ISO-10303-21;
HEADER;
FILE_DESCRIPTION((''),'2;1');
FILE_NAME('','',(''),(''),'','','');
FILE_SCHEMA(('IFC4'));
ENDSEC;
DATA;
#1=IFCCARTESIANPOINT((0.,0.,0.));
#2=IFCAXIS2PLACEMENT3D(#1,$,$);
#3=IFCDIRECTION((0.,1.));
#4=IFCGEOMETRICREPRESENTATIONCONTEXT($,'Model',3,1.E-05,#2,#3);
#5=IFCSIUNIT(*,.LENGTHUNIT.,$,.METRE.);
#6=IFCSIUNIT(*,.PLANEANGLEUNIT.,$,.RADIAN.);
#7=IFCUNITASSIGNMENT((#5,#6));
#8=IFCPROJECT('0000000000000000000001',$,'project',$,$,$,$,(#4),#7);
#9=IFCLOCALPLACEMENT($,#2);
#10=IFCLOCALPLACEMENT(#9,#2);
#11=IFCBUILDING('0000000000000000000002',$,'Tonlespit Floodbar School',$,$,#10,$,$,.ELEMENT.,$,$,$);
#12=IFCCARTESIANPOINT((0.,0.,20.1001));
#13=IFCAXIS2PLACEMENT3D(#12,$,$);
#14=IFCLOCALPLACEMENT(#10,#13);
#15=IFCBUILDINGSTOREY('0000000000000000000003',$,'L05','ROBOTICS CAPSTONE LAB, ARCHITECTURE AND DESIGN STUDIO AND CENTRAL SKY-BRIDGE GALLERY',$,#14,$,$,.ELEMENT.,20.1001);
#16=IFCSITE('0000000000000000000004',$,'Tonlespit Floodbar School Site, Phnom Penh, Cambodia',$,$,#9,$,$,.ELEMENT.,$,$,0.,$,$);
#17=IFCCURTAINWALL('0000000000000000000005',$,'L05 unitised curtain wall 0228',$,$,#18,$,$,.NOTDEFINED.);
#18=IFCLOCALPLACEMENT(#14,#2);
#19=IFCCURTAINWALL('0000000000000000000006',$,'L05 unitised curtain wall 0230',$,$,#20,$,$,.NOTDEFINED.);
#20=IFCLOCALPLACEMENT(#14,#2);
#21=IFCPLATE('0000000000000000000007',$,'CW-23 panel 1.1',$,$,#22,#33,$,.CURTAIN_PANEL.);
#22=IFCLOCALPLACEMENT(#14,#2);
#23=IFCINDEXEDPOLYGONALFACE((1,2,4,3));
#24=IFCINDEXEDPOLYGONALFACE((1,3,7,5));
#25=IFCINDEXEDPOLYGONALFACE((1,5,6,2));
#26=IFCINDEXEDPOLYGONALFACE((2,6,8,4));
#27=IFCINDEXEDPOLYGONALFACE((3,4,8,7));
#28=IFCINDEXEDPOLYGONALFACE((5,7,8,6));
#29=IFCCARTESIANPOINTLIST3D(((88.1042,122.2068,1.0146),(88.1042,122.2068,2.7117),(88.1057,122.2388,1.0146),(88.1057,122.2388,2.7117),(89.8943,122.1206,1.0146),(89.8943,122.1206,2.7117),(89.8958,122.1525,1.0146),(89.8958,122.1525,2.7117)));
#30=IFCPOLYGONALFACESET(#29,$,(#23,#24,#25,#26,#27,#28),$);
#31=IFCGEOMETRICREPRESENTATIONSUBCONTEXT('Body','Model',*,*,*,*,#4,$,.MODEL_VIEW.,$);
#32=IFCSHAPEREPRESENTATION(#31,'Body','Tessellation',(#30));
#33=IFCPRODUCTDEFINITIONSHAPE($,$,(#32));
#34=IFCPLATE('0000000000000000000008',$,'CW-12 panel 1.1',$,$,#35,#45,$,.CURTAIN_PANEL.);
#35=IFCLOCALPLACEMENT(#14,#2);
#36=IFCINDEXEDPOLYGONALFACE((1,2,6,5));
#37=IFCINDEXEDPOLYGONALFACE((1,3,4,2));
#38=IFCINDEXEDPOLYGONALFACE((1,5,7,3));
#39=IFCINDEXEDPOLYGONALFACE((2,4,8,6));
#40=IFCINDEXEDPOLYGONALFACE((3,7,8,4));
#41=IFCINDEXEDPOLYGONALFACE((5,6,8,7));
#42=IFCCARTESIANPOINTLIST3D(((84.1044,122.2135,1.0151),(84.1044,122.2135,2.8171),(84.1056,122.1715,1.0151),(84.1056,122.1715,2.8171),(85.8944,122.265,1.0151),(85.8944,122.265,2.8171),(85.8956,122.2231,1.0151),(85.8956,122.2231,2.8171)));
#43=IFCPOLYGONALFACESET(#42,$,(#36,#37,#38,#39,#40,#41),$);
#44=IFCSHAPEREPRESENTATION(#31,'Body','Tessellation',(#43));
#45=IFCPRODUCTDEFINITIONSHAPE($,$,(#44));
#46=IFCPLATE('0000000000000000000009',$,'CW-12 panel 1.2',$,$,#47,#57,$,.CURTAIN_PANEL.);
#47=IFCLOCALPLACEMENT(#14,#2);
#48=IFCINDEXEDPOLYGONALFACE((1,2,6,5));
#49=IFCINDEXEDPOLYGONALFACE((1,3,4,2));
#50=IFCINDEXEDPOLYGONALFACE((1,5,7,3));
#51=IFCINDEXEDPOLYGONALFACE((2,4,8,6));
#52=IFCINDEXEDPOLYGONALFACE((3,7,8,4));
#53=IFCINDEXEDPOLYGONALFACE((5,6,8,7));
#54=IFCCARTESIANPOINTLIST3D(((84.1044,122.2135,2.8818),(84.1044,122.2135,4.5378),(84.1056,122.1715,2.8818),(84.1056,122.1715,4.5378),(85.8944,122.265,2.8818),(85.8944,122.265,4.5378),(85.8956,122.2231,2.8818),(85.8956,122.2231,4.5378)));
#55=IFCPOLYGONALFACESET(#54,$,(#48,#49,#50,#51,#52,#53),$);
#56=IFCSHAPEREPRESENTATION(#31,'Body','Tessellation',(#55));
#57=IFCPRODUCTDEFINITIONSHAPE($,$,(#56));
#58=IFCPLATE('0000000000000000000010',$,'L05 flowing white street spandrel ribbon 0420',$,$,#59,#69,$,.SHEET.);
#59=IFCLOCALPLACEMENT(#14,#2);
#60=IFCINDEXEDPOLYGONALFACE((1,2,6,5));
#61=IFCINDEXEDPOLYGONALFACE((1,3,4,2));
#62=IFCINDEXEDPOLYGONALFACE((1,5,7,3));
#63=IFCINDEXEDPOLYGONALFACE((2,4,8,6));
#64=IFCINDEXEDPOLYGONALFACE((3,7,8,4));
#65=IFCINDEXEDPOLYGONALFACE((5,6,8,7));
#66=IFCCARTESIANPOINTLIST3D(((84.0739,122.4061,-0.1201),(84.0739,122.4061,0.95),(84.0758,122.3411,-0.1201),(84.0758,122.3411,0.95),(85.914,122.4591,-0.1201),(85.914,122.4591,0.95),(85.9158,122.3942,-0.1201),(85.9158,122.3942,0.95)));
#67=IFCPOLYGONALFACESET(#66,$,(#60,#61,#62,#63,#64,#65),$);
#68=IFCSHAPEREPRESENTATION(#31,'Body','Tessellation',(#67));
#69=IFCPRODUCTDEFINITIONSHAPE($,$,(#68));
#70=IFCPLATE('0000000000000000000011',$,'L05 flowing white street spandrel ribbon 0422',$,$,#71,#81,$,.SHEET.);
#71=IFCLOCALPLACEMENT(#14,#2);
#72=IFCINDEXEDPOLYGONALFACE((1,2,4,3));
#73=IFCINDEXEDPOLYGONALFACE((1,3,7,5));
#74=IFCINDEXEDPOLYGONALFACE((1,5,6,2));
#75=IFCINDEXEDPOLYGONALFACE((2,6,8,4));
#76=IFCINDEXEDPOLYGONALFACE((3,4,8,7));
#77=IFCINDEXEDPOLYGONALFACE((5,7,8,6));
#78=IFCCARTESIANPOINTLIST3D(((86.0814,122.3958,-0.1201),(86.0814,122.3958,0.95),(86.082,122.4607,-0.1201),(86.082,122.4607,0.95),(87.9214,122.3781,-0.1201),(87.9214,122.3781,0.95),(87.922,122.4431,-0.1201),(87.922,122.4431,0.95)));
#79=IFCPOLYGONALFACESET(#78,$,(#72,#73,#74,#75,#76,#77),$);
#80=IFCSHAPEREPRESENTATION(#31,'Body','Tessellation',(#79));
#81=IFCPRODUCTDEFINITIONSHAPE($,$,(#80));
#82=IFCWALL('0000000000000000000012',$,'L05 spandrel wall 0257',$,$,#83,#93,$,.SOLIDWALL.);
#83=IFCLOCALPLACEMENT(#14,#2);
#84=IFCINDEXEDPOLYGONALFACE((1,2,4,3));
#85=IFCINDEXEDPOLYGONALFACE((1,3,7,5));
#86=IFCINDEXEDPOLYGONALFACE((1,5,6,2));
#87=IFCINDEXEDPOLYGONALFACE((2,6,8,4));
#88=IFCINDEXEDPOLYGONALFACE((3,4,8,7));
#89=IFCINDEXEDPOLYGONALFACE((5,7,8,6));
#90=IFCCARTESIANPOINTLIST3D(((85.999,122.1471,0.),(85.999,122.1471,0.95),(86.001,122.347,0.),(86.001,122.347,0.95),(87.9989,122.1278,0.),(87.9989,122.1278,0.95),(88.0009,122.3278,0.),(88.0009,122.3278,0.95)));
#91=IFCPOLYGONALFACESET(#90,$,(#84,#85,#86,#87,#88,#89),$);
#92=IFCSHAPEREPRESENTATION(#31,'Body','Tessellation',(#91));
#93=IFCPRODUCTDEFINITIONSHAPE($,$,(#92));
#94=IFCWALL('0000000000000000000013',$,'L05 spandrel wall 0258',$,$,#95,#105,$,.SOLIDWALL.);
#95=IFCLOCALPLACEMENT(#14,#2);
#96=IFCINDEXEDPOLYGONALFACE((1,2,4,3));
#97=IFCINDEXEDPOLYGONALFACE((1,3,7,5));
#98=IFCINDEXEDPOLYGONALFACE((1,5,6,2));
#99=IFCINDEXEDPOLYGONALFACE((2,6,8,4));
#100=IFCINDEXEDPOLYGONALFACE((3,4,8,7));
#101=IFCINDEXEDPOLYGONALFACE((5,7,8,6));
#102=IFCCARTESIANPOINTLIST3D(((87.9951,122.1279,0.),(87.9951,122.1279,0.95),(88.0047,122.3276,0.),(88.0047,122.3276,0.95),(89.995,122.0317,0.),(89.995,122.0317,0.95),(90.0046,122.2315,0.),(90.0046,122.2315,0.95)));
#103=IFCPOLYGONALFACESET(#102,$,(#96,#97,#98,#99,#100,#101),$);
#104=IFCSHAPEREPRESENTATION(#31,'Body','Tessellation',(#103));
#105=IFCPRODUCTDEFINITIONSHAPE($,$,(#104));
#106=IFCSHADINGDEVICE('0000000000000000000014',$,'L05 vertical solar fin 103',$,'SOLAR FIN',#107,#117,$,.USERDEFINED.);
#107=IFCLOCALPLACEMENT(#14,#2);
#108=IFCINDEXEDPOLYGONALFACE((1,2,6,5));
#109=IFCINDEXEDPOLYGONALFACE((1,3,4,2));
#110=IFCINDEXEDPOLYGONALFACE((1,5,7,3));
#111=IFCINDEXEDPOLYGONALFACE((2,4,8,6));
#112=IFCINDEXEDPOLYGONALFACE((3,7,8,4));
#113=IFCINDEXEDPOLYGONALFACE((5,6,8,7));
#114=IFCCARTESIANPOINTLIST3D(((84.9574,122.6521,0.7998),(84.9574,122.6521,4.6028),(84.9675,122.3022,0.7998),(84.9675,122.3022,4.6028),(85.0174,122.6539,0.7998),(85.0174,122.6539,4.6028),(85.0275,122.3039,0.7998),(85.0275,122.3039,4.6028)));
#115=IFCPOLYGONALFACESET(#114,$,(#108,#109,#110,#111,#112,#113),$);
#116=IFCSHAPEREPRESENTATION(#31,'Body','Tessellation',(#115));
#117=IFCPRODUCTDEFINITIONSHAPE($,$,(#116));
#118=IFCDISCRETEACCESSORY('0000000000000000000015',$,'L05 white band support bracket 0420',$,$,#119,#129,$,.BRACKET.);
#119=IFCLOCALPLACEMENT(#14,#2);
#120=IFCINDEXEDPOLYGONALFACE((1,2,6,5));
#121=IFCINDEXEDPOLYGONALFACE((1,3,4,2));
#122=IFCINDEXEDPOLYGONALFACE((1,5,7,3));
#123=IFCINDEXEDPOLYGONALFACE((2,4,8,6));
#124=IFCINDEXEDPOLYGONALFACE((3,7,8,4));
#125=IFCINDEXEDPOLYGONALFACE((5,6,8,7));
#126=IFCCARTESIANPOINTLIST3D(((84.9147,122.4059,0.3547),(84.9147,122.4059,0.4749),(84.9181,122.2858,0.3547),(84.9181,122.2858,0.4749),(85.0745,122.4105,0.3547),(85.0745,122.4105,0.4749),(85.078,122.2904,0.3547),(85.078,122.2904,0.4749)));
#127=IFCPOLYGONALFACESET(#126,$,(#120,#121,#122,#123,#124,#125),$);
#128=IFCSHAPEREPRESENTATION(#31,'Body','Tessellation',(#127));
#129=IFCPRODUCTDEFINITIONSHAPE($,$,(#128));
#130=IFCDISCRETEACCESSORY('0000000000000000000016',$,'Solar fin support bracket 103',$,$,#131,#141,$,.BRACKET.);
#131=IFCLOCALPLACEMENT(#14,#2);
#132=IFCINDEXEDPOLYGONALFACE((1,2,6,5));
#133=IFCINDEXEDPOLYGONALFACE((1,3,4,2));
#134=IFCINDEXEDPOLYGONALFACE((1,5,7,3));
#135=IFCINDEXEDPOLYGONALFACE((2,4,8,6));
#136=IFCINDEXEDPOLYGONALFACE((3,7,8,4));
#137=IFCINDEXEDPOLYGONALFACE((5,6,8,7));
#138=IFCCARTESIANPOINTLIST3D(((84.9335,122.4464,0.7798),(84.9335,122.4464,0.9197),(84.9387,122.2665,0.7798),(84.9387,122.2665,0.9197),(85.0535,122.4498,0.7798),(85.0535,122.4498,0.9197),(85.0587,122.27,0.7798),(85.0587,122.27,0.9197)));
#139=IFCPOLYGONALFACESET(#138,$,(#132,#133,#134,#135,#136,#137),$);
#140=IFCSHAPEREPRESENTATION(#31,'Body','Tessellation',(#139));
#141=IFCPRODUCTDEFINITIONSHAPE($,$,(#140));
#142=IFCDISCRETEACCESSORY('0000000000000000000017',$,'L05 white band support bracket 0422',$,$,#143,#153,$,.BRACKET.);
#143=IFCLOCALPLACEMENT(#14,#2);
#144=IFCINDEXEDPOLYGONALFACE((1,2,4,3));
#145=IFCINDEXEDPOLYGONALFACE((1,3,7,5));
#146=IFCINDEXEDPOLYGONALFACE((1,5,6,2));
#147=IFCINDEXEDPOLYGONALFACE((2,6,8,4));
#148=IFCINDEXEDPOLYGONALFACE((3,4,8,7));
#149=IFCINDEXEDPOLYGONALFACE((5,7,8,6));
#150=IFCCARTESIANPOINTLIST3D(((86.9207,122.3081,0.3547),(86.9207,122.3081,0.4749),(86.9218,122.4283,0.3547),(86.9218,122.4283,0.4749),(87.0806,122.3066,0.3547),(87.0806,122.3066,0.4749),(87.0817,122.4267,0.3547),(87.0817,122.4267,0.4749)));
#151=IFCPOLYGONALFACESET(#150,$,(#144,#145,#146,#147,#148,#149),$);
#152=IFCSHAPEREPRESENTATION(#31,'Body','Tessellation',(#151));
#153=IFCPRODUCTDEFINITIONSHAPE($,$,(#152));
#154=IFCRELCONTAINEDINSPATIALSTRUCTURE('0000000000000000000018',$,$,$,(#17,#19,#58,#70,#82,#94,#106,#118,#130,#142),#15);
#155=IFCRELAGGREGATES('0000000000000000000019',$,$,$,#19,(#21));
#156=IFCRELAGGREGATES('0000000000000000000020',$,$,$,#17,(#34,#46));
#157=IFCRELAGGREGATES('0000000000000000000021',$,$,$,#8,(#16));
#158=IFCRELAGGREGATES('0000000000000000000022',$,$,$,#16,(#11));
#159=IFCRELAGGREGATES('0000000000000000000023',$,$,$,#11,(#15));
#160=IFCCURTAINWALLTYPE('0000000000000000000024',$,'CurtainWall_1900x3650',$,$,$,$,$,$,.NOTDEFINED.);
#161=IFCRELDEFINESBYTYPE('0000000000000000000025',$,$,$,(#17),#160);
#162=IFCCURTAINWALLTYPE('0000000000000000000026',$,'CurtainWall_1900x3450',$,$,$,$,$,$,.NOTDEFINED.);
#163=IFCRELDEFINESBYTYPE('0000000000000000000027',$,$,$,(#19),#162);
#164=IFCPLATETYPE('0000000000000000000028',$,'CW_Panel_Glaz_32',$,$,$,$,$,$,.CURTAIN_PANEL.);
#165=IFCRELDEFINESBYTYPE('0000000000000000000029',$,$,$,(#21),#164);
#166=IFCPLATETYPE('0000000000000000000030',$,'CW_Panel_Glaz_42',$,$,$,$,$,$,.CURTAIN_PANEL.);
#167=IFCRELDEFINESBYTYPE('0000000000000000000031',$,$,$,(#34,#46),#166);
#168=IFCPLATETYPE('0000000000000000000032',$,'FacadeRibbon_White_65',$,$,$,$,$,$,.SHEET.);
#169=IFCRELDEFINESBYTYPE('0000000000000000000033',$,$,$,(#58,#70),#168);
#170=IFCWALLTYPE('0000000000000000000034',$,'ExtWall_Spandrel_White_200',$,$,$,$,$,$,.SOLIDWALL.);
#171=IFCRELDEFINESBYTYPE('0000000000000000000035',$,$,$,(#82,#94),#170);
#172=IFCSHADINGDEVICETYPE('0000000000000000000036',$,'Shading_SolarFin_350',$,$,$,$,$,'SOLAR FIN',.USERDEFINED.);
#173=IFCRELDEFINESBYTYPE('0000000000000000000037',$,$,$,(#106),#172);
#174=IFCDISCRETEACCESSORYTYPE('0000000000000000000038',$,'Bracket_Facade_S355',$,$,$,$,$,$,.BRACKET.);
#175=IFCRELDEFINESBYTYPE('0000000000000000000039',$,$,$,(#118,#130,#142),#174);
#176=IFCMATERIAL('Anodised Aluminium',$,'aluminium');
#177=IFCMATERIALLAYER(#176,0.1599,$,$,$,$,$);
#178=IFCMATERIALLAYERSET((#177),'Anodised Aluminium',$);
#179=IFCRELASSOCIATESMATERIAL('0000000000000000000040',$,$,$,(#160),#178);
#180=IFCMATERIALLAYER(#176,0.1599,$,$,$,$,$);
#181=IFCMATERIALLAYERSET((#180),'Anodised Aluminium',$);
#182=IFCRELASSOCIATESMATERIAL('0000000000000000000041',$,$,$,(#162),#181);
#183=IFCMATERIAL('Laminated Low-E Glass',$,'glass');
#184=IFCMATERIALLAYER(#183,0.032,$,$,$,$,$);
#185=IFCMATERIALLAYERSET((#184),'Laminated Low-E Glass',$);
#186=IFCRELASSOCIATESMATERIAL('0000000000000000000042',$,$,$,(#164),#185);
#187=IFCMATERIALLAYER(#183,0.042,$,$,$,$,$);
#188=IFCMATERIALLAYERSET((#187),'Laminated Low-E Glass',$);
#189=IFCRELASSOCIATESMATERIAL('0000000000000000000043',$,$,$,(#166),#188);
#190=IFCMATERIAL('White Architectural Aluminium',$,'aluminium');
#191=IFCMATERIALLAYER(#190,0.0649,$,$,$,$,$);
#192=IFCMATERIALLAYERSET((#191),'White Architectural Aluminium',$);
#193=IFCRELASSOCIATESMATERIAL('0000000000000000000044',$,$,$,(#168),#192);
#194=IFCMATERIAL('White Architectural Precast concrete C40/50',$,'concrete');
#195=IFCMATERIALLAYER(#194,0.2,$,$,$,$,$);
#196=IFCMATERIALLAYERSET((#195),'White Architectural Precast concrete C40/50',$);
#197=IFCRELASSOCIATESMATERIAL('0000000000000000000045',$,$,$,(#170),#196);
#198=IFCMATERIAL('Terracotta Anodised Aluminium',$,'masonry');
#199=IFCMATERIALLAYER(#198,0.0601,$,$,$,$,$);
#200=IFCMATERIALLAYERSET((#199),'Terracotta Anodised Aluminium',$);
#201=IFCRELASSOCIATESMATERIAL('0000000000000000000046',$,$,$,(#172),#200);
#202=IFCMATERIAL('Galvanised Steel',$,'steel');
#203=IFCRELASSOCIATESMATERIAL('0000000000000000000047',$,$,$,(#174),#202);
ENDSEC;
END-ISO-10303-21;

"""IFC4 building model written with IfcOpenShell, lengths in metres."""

from ifc_helpers import new_model, si_unit, direction, frame, frame_2d, origin, origin_2d, place, context, subcontext, project, spatial, rectangle, extrude, material, layer, layer_set, type_object, element, aggregate, save


model = new_model("IFC4")

# Units and contexts
model_context = context("Model", 3, precision=1e-05, world=origin(), true_north=direction((0.0, 1.0)))
body_context = subcontext(model_context, "Body", "Model", "MODEL_VIEW")
ifc_project = project(units=[si_unit("LENGTHUNIT", "METRE"), si_unit("PLANEANGLEUNIT", "RADIAN")], contexts=[model_context])

# Site, building, storey
site_placement = place(None, origin())
site = spatial("IfcSite", under=ifc_project, at=site_placement, Name="Tonlespit Floodbar School Site, Phnom Penh, Cambodia", CompositionType="ELEMENT", RefElevation=0.0)
building_placement = place(site_placement, origin())
building = spatial("IfcBuilding", under=site, at=building_placement, Name="Tonlespit Floodbar School", CompositionType="ELEMENT")
storey_placement = place(building_placement, frame((0.0, 0.0, 20.1001)))
storey = spatial("IfcBuildingStorey", under=building, at=storey_placement, Name="L05", Description="ROBOTICS CAPSTONE LAB, ARCHITECTURE AND DESIGN STUDIO AND CENTRAL SKY-BRIDGE GALLERY", CompositionType="ELEMENT", Elevation=20.1001)

# Curtain walls
ifc_material_1 = material(Name="Anodised Aluminium", Category="aluminium")
ifc_layer_1 = layer(ifc_material_1, 0.1599)
ifc_layer_set_1 = layer_set([ifc_layer_1], Name="Anodised Aluminium")
curtain_wall_type_1 = type_object("IfcCurtainWallType", Name="CurtainWall_1900x3650", PredefinedType="NOTDEFINED", material=ifc_layer_set_1)
curtain_wall_1_placement = place(storey_placement, origin())
curtain_wall_1 = element("IfcCurtainWall", 1, at=curtain_wall_1_placement, inside=storey, type_object=curtain_wall_type_1, Name="L05 unitised curtain wall 0228", PredefinedType="NOTDEFINED")
ifc_layer_2 = layer(ifc_material_1, 0.1599)
ifc_layer_set_2 = layer_set([ifc_layer_2], Name="Anodised Aluminium")
curtain_wall_type_2 = type_object("IfcCurtainWallType", Name="CurtainWall_1900x3450", PredefinedType="NOTDEFINED", material=ifc_layer_set_2)
curtain_wall_2_placement = place(storey_placement, origin())
curtain_wall_2 = element("IfcCurtainWall", 2, at=curtain_wall_2_placement, inside=storey, type_object=curtain_wall_type_2, Name="L05 unitised curtain wall 0230", PredefinedType="NOTDEFINED")

# Plates
ifc_material_2 = material(Name="Laminated Low-E Glass", Category="glass")
ifc_layer_3 = layer(ifc_material_2, 0.032)
ifc_layer_set_3 = layer_set([ifc_layer_3], Name="Laminated Low-E Glass")
plate_type_1 = type_object("IfcPlateType", Name="CW_Panel_Glaz_32", PredefinedType="CURTAIN_PANEL", material=ifc_layer_set_3)
plate_1_placement = place(storey_placement, frame((89.0, 122.1797, 1.0146), z_axis=(0.0, 0.0, 1.0), x_axis=(0.998842, -0.048121, 0.0)))
plate_1 = element("IfcPlate", 3, at=plate_1_placement, type_object=plate_type_1, Name="CW-23 panel 1.1", PredefinedType="CURTAIN_PANEL", context=body_context, shape_type="SweptSolid", body=[
    extrude(rectangle(XDim=1.7922, YDim=0.032, at=origin_2d()), origin(), (0.0, 0.0, 1.0), 1.697),
])
aggregate(curtain_wall_2, [plate_1])
ifc_layer_4 = layer(ifc_material_2, 0.042)
ifc_layer_set_4 = layer_set([ifc_layer_4], Name="Laminated Low-E Glass")
plate_type_2 = type_object("IfcPlateType", Name="CW_Panel_Glaz_42", PredefinedType="CURTAIN_PANEL", material=ifc_layer_set_4)
plate_2_placement = place(storey_placement, frame((85.0, 122.2183, 1.0151), z_axis=(0.0, 0.0, 1.0), x_axis=(0.999585, 0.02879, 0.0)))
plate_2 = element("IfcPlate", 4, at=plate_2_placement, type_object=plate_type_2, Name="CW-12 panel 1.1", PredefinedType="CURTAIN_PANEL", context=body_context, shape_type="SweptSolid", body=[
    extrude(rectangle(XDim=1.7908, YDim=0.042, at=origin_2d()), origin(), (0.0, 0.0, 1.0), 1.802),
])
plate_3_placement = place(storey_placement, frame((85.0, 122.2183, 2.8818), z_axis=(0.0, 0.0, 1.0), x_axis=(0.999585, 0.02879, 0.0)))
plate_3 = element("IfcPlate", 5, at=plate_3_placement, type_object=plate_type_2, Name="CW-12 panel 1.2", PredefinedType="CURTAIN_PANEL", context=body_context, shape_type="SweptSolid", body=[
    extrude(rectangle(XDim=1.7908, YDim=0.042, at=origin_2d()), origin(), (0.0, 0.0, 1.0), 1.656),
])
aggregate(curtain_wall_1, [plate_2, plate_3])

# Plates
ifc_material_3 = material(Name="White Architectural Aluminium", Category="aluminium")
ifc_layer_5 = layer(ifc_material_3, 0.0649)
ifc_layer_set_5 = layer_set([ifc_layer_5], Name="White Architectural Aluminium")
plate_type_3 = type_object("IfcPlateType", Name="FacadeRibbon_White_65", PredefinedType="SHEET", material=ifc_layer_set_5)
plate_4_placement = place(storey_placement, frame((84.9949, 122.4001, -0.1201), z_axis=(0.0, 0.0, 1.0), x_axis=(0.999584, 0.028838, 0.0)))
element("IfcPlate", 6, at=plate_4_placement, inside=storey, type_object=plate_type_3, Name="L05 flowing white street spandrel ribbon 0420", PredefinedType="SHEET", context=body_context, shape_type="SweptSolid", body=[
    extrude(rectangle(XDim=1.8408, YDim=0.0649, at=origin_2d()), origin(), (0.0, 0.0, 1.0), 1.0701),
])
plate_5_placement = place(storey_placement, frame((87.0017, 122.4194, -0.1201), z_axis=(0.0, 0.0, 1.0), x_axis=(0.999954, -0.009599, 0.0)))
element("IfcPlate", 7, at=plate_5_placement, inside=storey, type_object=plate_type_3, Name="L05 flowing white street spandrel ribbon 0422", PredefinedType="SHEET", context=body_context, shape_type="SweptSolid", body=[
    extrude(rectangle(XDim=1.8401, YDim=0.0649, at=origin_2d()), origin(), (0.0, 0.0, 1.0), 1.0701),
])

# Walls
ifc_material_4 = material(Name="White Architectural Precast concrete C40/50", Category="concrete")
ifc_layer_6 = layer(ifc_material_4, 0.2)
ifc_layer_set_6 = layer_set([ifc_layer_6], Name="White Architectural Precast concrete C40/50")
wall_type = type_object("IfcWallType", Name="ExtWall_Spandrel_White_200", PredefinedType="SOLIDWALL", material=ifc_layer_set_6)
wall_1_placement = place(storey_placement, frame((86.0, 122.2471, 0.0), z_axis=(0.0, 0.0, 1.0), x_axis=(0.999954, -0.009643, 0.0)))
element("IfcWall", 8, at=wall_1_placement, inside=storey, type_object=wall_type, Name="L05 spandrel wall 0257", PredefinedType="SOLIDWALL", context=body_context, shape_type="SweptSolid", body=[
    extrude(rectangle(XDim=2.0, YDim=0.2, at=frame_2d((1.0, 0.0))), origin(), (0.0, 0.0, 1.0), 0.95),
])
wall_2_placement = place(storey_placement, frame((88.0, 122.2278, 0.0), z_axis=(0.0, 0.0, 1.0), x_axis=(0.998845, -0.04804, 0.0)))
element("IfcWall", 9, at=wall_2_placement, inside=storey, type_object=wall_type, Name="L05 spandrel wall 0258", PredefinedType="SOLIDWALL", context=body_context, shape_type="SweptSolid", body=[
    extrude(rectangle(XDim=2.0022, YDim=0.2, at=frame_2d((1.001, 0.0))), origin(), (0.0, 0.0, 1.0), 0.95),
])

# Shading device
ifc_material_5 = material(Name="Terracotta Anodised Aluminium", Category="masonry")
ifc_layer_7 = layer(ifc_material_5, 0.0601)
ifc_layer_set_7 = layer_set([ifc_layer_7], Name="Terracotta Anodised Aluminium")
shading_device_type = type_object("IfcShadingDeviceType", Name="Shading_SolarFin_350", ElementType="SOLAR FIN", PredefinedType="USERDEFINED", material=ifc_layer_set_7)
shading_device_placement = place(storey_placement, frame((84.9924, 122.478, 0.7998), z_axis=(0.0, 0.0, 1.0), x_axis=(0.999584, 0.028838, 0.0)))
element("IfcShadingDevice", 10, at=shading_device_placement, inside=storey, type_object=shading_device_type, Name="L05 vertical solar fin 103", ObjectType="SOLAR FIN", PredefinedType="USERDEFINED", context=body_context, shape_type="SweptSolid", body=[
    extrude(rectangle(XDim=0.0601, YDim=0.3501, at=origin_2d()), origin(), (0.0, 0.0, 1.0), 3.803),
])

# Discrete accessories
ifc_material_6 = material(Name="Galvanised Steel", Category="steel")
discrete_accessory_type = type_object("IfcDiscreteAccessoryType", Name="Bracket_Facade_S355", PredefinedType="BRACKET", material=ifc_material_6)
discrete_accessory_1_placement = place(storey_placement, frame((84.9963, 122.3481, 0.3547), z_axis=(0.0, 0.0, 1.0), x_axis=(0.999584, 0.028838, 0.0)))
element("IfcDiscreteAccessory", 11, at=discrete_accessory_1_placement, inside=storey, type_object=discrete_accessory_type, Name="L05 white band support bracket 0420", PredefinedType="BRACKET", context=body_context, shape_type="SweptSolid", body=[
    extrude(rectangle(XDim=0.1599, YDim=0.1201, at=origin_2d()), origin(), (0.0, 0.0, 1.0), 0.1201),
])
discrete_accessory_2_placement = place(storey_placement, frame((84.9961, 122.3582, 0.7798), z_axis=(0.0, 0.0, 1.0), x_axis=(0.999584, 0.028838, 0.0)))
element("IfcDiscreteAccessory", 12, at=discrete_accessory_2_placement, inside=storey, type_object=discrete_accessory_type, Name="Solar fin support bracket 103", PredefinedType="BRACKET", context=body_context, shape_type="SweptSolid", body=[
    extrude(rectangle(XDim=0.1201, YDim=0.1799, at=origin_2d()), origin(), (0.0, 0.0, 1.0), 0.1399),
])
discrete_accessory_3_placement = place(storey_placement, frame((87.0012, 122.3674, 0.3547), z_axis=(0.0, 0.0, 1.0), x_axis=(0.999954, -0.009599, 0.0)))
element("IfcDiscreteAccessory", 13, at=discrete_accessory_3_placement, inside=storey, type_object=discrete_accessory_type, Name="L05 white band support bracket 0422", PredefinedType="BRACKET", context=body_context, shape_type="SweptSolid", body=[
    extrude(rectangle(XDim=0.1599, YDim=0.1201, at=origin_2d()), origin(), (0.0, 0.0, 1.0), 0.1201),
])

save(model, "model.ifc")
